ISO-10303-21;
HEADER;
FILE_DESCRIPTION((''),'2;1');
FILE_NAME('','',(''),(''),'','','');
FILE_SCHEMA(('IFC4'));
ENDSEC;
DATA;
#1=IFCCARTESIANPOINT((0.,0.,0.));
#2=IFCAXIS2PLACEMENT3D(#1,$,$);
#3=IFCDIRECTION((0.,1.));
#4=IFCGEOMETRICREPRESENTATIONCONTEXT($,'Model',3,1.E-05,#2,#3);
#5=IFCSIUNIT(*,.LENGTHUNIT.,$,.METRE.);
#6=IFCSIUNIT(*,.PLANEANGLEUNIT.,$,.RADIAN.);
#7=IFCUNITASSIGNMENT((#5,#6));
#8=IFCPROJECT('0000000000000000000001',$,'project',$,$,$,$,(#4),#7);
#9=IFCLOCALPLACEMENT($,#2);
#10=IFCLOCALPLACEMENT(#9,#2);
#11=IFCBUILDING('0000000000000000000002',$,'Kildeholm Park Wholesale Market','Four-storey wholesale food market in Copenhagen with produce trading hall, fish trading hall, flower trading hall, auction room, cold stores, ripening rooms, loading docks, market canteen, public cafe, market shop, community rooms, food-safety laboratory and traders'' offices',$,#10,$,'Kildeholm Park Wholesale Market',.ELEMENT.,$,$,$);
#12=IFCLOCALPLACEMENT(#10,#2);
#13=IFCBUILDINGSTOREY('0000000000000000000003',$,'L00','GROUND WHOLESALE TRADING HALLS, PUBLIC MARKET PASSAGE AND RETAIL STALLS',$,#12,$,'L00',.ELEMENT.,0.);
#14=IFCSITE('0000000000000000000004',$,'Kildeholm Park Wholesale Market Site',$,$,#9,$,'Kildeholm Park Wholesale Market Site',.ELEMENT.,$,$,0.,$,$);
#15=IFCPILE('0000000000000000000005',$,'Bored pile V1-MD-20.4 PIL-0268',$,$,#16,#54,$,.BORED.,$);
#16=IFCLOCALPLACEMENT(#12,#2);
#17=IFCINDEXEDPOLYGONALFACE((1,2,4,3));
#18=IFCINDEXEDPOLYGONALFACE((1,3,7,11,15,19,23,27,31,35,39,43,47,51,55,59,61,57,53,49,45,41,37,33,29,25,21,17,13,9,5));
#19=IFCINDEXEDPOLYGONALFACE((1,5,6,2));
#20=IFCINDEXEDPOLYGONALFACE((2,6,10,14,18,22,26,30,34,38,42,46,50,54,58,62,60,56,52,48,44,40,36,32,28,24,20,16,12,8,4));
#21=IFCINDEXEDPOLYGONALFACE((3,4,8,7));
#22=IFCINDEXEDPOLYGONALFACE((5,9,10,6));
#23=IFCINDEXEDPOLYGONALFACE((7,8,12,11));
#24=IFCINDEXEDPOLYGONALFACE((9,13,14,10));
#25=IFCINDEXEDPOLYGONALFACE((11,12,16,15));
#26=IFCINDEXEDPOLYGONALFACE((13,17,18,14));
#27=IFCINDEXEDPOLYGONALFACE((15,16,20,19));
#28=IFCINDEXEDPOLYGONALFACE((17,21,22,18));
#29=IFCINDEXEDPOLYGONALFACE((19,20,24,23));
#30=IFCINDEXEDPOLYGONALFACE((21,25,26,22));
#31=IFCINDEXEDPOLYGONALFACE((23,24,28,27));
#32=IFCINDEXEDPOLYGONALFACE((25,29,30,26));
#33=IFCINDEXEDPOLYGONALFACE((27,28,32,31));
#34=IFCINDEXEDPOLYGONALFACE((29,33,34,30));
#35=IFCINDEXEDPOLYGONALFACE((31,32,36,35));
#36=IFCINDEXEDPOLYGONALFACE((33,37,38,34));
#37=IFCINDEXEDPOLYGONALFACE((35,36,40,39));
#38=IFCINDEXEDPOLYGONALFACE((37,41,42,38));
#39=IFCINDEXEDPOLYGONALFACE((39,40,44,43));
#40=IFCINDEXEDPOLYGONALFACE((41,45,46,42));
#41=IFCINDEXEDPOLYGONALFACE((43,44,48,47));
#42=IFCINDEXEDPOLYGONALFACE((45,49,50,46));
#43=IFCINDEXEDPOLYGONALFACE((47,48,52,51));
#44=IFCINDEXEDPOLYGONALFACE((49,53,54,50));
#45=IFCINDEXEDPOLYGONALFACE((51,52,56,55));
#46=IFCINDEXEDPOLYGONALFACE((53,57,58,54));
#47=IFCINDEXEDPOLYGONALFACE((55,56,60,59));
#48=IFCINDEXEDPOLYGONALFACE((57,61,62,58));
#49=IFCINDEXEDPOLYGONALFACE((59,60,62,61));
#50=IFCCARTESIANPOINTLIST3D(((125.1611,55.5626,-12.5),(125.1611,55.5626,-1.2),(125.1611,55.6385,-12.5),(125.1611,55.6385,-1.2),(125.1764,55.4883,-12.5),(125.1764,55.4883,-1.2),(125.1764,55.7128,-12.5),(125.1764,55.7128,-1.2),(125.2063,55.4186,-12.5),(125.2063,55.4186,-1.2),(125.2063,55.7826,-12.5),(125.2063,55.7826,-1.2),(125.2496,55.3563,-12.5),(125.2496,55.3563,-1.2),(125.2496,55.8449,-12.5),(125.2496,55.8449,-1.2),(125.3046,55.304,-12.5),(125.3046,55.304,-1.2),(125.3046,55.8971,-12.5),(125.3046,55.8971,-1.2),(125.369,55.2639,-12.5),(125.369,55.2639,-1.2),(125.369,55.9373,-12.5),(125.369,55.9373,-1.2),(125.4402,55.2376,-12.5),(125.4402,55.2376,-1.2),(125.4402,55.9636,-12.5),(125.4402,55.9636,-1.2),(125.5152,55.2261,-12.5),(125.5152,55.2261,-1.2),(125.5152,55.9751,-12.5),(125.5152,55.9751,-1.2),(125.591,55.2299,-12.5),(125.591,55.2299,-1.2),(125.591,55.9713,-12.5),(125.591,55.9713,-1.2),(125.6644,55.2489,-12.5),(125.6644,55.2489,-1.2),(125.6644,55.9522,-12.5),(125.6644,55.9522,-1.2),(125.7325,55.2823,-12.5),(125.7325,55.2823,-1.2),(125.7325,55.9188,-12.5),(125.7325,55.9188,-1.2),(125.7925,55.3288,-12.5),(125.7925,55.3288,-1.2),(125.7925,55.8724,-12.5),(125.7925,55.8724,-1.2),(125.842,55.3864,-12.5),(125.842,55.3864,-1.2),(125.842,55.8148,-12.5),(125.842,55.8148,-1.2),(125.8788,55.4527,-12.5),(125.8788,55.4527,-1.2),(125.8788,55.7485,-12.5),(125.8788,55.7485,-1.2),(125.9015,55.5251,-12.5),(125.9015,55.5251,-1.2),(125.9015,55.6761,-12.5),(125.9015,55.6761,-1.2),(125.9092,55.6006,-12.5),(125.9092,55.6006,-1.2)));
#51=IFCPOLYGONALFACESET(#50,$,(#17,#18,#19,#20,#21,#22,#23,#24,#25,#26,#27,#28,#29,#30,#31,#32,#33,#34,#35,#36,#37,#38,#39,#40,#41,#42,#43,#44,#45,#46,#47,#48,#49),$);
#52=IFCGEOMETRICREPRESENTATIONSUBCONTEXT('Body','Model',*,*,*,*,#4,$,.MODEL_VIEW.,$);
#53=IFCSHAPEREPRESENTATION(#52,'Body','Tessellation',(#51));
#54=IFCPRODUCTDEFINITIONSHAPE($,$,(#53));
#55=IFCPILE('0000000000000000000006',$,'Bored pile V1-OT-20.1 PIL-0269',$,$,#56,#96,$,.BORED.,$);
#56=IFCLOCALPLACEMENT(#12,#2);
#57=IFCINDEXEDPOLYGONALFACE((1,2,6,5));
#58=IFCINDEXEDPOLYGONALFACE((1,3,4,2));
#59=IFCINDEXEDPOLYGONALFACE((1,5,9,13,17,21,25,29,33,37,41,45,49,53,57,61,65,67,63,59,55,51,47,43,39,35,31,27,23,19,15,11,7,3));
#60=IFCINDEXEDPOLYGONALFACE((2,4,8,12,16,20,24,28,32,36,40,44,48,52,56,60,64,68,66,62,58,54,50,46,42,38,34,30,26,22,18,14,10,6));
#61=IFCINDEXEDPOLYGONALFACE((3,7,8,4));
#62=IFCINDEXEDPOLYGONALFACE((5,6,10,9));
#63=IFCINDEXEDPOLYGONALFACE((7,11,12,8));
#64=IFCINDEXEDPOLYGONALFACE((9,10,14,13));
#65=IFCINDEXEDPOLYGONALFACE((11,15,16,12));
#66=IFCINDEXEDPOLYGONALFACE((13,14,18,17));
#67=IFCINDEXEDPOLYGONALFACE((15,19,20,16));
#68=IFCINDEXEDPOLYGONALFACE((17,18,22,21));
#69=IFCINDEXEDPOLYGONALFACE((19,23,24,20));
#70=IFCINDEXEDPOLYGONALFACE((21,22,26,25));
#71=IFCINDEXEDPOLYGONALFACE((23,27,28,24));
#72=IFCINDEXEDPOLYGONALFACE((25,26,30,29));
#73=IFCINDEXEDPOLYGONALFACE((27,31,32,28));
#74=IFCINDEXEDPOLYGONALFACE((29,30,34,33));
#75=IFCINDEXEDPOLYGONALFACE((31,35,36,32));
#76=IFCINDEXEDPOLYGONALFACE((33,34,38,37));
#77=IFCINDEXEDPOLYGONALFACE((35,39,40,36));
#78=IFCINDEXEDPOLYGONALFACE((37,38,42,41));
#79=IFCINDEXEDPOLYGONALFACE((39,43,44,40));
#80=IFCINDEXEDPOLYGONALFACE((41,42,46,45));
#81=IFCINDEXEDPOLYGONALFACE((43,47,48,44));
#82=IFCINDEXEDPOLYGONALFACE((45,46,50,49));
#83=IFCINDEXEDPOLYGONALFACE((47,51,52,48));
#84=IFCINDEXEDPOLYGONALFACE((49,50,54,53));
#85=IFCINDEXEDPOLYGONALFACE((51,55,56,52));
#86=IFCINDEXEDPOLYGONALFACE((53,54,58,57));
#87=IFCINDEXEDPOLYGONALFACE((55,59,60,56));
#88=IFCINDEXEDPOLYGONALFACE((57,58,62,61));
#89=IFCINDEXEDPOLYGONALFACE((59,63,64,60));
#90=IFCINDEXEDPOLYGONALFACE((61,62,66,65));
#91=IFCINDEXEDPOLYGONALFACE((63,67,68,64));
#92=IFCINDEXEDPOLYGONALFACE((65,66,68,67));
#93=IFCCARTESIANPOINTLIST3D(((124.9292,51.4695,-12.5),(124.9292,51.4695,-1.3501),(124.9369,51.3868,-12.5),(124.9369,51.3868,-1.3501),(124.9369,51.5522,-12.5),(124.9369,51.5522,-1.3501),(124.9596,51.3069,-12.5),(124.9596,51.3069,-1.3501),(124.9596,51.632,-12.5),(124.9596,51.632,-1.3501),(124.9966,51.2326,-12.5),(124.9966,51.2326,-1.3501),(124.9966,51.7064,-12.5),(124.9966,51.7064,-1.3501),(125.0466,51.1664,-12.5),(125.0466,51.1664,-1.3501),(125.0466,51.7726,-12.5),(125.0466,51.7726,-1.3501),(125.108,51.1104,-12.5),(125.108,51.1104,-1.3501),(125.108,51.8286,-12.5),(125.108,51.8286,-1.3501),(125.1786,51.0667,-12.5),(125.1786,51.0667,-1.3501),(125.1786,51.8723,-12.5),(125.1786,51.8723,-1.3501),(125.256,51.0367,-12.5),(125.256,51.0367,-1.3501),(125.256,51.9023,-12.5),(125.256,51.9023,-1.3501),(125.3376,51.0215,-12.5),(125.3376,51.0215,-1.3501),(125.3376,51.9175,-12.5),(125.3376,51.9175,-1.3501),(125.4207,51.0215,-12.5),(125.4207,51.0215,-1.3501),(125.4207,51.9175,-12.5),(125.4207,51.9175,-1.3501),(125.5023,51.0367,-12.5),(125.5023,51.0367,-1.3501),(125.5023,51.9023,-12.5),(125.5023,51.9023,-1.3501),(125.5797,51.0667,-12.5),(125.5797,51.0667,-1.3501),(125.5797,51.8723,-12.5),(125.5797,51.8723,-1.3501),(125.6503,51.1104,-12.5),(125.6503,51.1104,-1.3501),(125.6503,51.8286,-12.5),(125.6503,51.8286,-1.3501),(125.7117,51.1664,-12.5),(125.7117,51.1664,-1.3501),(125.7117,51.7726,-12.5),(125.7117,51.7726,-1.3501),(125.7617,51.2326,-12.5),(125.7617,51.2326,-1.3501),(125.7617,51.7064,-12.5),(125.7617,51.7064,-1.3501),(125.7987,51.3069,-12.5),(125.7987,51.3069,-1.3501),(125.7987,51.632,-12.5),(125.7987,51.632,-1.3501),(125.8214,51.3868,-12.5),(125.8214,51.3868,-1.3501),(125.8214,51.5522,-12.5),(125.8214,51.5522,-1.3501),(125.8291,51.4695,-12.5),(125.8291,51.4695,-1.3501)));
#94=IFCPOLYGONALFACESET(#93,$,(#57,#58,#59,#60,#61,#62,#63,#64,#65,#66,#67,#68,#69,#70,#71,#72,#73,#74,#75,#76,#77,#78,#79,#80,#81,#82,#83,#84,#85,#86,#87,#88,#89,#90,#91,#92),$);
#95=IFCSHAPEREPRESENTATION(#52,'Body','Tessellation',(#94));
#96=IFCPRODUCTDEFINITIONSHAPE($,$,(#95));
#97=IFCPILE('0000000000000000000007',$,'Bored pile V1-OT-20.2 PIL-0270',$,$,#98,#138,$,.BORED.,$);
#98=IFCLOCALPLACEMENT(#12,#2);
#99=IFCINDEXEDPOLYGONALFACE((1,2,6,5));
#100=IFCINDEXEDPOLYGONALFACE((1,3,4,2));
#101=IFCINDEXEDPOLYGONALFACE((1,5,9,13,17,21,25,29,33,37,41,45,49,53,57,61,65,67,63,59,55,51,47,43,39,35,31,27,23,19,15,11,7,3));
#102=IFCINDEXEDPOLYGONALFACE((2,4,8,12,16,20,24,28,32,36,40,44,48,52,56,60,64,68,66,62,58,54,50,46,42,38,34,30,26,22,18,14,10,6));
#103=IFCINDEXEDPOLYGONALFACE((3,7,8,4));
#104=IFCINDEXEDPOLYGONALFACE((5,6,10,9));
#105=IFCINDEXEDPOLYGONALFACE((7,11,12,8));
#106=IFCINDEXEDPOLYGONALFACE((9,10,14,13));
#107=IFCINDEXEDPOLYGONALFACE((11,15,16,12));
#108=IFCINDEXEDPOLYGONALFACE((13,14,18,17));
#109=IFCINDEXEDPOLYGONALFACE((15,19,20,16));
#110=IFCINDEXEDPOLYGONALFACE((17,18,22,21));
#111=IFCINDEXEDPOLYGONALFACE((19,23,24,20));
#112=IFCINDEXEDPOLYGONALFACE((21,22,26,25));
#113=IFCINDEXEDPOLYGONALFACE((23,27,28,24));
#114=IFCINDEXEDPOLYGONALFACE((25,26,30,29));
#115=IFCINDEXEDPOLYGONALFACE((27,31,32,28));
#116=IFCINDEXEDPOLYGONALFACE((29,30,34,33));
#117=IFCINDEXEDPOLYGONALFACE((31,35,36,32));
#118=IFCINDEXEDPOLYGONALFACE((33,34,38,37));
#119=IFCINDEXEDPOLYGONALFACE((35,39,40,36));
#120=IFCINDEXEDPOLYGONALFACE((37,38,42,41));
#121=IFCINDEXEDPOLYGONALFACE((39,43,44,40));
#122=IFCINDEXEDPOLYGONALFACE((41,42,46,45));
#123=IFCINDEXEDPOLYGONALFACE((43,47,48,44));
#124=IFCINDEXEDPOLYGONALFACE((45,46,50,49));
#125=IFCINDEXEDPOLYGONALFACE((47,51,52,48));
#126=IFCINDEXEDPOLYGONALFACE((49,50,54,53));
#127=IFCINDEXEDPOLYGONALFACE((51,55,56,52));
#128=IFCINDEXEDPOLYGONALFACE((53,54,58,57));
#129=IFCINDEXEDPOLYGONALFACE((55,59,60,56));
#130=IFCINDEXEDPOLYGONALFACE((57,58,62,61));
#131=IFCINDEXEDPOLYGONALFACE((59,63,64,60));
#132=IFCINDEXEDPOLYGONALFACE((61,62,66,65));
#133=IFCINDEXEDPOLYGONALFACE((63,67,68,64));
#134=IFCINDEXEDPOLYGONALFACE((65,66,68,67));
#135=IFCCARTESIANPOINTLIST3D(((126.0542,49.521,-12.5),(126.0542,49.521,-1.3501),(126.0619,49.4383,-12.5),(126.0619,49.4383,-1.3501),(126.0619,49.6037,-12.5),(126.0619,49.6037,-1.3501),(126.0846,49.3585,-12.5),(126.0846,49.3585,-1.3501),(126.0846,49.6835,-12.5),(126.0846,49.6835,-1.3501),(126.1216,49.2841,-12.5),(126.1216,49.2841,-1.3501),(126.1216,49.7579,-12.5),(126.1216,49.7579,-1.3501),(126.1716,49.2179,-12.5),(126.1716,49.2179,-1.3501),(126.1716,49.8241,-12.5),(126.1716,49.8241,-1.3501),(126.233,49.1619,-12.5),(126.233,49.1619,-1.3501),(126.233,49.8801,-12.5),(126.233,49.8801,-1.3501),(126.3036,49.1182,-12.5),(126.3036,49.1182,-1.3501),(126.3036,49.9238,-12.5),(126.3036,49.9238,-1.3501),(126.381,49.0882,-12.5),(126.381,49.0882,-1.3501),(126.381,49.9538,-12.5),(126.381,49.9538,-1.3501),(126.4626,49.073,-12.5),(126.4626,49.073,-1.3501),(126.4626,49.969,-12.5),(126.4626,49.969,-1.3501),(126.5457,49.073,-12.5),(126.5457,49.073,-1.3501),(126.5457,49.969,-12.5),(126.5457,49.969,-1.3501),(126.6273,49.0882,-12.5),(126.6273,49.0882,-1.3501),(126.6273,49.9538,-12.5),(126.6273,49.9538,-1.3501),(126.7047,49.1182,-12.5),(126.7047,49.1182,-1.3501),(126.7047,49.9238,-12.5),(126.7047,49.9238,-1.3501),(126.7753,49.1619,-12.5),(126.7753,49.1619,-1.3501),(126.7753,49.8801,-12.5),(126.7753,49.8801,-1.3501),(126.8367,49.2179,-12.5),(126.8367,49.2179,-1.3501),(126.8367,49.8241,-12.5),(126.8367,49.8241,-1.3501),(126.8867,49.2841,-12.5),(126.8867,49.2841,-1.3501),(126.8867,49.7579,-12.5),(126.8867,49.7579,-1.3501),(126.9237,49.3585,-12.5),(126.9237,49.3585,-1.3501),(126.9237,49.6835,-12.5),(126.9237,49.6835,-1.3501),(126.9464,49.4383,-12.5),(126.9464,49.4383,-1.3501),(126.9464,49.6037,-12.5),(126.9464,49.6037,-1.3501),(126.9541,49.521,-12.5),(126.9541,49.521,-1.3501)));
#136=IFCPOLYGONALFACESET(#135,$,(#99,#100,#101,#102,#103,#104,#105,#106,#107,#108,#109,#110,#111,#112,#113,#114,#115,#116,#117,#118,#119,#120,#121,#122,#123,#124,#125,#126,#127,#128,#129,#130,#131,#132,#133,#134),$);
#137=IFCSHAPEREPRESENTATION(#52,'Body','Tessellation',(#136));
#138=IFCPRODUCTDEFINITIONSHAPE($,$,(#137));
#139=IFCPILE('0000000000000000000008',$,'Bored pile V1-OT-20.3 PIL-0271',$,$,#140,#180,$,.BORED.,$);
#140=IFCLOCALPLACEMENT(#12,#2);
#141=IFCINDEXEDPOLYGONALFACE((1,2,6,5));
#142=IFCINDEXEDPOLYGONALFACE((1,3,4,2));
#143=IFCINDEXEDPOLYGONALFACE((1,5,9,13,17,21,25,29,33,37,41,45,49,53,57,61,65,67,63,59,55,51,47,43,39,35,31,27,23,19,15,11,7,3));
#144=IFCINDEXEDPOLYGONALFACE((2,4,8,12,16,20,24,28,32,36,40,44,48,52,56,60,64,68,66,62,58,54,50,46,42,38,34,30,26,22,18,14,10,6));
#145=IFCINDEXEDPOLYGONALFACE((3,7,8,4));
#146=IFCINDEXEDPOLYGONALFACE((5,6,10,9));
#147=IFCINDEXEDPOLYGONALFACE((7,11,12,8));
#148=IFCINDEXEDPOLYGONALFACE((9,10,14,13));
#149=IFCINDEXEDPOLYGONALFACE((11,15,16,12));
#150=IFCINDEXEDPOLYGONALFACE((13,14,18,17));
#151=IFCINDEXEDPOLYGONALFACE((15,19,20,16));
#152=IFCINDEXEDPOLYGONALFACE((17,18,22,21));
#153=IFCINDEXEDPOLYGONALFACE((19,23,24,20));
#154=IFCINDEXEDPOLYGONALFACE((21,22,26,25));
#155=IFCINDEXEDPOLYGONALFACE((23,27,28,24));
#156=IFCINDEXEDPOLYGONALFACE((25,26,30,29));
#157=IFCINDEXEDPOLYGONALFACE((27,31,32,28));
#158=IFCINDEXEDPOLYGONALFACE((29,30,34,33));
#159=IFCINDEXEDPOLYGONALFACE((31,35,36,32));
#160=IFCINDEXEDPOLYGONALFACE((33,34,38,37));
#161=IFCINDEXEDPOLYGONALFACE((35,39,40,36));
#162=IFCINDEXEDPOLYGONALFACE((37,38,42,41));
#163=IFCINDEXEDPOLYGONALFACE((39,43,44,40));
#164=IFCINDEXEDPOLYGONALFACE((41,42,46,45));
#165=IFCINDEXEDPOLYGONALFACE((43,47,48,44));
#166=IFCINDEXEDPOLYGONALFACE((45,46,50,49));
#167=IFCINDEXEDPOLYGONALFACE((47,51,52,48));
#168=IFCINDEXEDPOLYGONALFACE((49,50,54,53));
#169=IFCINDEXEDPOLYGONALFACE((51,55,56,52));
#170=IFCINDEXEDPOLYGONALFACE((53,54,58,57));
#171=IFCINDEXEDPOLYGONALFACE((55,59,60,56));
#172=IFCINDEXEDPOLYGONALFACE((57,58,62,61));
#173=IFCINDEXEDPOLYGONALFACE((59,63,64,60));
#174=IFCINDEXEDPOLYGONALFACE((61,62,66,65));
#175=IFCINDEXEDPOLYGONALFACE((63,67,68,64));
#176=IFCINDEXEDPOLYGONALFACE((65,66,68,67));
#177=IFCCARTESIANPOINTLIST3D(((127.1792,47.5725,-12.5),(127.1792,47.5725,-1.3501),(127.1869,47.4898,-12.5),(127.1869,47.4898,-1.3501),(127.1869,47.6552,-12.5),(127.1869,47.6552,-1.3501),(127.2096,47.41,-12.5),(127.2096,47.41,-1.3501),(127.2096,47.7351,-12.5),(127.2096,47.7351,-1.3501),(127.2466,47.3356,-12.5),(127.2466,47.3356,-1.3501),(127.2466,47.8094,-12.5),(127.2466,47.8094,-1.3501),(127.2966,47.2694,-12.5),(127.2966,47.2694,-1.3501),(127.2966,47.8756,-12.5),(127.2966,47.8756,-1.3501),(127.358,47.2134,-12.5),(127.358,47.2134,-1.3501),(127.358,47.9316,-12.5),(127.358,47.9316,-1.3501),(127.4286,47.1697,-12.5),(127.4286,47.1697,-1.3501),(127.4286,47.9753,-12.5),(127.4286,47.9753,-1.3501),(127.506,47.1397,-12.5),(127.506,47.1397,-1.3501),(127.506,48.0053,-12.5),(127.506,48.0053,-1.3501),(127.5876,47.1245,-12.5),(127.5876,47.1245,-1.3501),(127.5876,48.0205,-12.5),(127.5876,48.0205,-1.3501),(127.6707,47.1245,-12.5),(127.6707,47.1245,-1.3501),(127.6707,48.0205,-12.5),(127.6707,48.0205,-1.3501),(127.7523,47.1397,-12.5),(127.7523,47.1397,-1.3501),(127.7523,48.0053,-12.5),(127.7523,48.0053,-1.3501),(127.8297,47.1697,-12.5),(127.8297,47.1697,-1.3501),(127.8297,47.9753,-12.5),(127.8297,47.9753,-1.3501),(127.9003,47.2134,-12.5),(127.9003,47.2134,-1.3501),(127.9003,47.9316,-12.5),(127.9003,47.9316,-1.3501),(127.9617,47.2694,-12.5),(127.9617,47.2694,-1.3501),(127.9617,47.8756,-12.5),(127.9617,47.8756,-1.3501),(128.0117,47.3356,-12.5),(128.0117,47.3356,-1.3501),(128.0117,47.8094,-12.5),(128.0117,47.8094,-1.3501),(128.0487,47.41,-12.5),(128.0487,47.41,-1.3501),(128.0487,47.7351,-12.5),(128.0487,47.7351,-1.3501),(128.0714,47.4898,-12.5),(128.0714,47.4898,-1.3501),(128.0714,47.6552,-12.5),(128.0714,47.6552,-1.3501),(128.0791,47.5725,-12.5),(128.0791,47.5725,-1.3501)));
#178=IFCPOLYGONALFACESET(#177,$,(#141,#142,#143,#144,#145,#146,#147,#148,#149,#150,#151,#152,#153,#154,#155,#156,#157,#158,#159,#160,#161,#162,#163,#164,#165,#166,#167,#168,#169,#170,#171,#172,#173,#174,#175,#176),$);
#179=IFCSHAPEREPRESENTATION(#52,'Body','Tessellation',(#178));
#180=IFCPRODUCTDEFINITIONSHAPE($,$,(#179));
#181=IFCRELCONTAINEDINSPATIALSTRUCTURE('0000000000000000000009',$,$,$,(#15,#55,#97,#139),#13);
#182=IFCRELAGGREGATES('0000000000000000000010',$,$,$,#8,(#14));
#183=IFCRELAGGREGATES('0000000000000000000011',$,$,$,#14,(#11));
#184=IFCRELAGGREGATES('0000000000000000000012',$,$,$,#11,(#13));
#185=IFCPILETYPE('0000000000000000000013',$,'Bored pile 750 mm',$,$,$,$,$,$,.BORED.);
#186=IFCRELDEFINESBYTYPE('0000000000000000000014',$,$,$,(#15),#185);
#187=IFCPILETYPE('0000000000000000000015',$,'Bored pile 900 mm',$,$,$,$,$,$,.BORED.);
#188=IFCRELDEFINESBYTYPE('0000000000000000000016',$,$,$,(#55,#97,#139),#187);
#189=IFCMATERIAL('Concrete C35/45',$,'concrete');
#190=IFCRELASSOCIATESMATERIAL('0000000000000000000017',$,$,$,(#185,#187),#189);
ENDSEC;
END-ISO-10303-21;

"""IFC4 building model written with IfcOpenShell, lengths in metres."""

from ifc_helpers import new_model, si_unit, direction, frame, origin, origin_2d, place, context, subcontext, project, spatial, circle, extrude, material, material_profile, profile_set, type_object, element, save


model = new_model("IFC4")

# Units and contexts
model_context = context("Model", 3, precision=1e-05, world=origin(), true_north=direction((0.0, 1.0)))
body_context = subcontext(model_context, "Body", "Model", "MODEL_VIEW")
ifc_project = project(units=[si_unit("LENGTHUNIT", "METRE"), si_unit("PLANEANGLEUNIT", "RADIAN")], contexts=[model_context])

# Site, building, storey
site_placement = place(None, origin())
site = spatial("IfcSite", under=ifc_project, at=site_placement, Name="Kildeholm Park Wholesale Market Site", LongName="Kildeholm Park Wholesale Market Site", CompositionType="ELEMENT", RefElevation=0.0)
building_placement = place(site_placement, origin())
building = spatial("IfcBuilding", under=site, at=building_placement, Name="Kildeholm Park Wholesale Market", Description="Four-storey wholesale food market in Copenhagen with produce trading hall, fish trading hall, flower trading hall, auction room, cold stores, ripening rooms, loading docks, market canteen, public cafe, market shop, community rooms, food-safety laboratory and traders' offices", LongName="Kildeholm Park Wholesale Market", CompositionType="ELEMENT")
storey_placement = place(building_placement, origin())
storey = spatial("IfcBuildingStorey", under=building, at=storey_placement, Name="L00", Description="GROUND WHOLESALE TRADING HALLS, PUBLIC MARKET PASSAGE AND RETAIL STALLS", LongName="L00", CompositionType="ELEMENT", Elevation=0.0)

# Piles
ifc_material_1 = material(Name="Concrete C35/45", Category="concrete")
ifc_material_profile_1 = material_profile(ifc_material_1, circle(Radius=0.375, at=origin_2d()), Name="PILE D750")
ifc_profile_set_1 = profile_set([ifc_material_profile_1], Name="Concrete C35/45")
pile_type_1 = type_object("IfcPileType", Name="Bored pile 750 mm", PredefinedType="BORED", material=ifc_profile_set_1)
for number, where, z_axis, x_axis, name in (
    (1, (125.5342, 55.6006, -1.2), (0.0, 0.0, -1.0), (1.0, 0.0, 0.0), "Bored pile V1-MD-20.4 PIL-0268"),
):
    element("IfcPile", number, at=place(storey_placement, frame(where, z_axis=z_axis, x_axis=x_axis)), inside=storey, type_object=pile_type_1, Name=name, PredefinedType="BORED", context=body_context, shape_type="SweptSolid", body=[
        extrude(circle(Radius=0.375, at=origin_2d()), origin(), (0.0, 0.0, 1.0), 11.3),
    ])
ifc_material_profile_2 = material_profile(ifc_material_1, circle(Radius=0.45, at=origin_2d()), Name="PILE D900")
ifc_profile_set_2 = profile_set([ifc_material_profile_2], Name="Concrete C35/45")
pile_type_2 = type_object("IfcPileType", Name="Bored pile 900 mm", PredefinedType="BORED", material=ifc_profile_set_2)
for number, where, z_axis, x_axis, name in (
    (2, (125.3792, 51.4695, -1.3501), (0.0, 0.0, -1.0), (1.0, 0.0, 0.0), "Bored pile V1-OT-20.1 PIL-0269"),
    (3, (126.5042, 49.521, -1.3501), (0.0, 0.0, -1.0), (1.0, 0.0, 0.0), "Bored pile V1-OT-20.2 PIL-0270"),
    (4, (127.6292, 47.5725, -1.3501), (0.0, 0.0, -1.0), (1.0, 0.0, 0.0), "Bored pile V1-OT-20.3 PIL-0271"),
):
    element("IfcPile", number, at=place(storey_placement, frame(where, z_axis=z_axis, x_axis=x_axis)), inside=storey, type_object=pile_type_2, Name=name, PredefinedType="BORED", context=body_context, shape_type="SweptSolid", body=[
        extrude(circle(Radius=0.45, at=origin_2d()), origin(), (0.0, 0.0, 1.0), 11.1499),
    ])

save(model, "model.ifc")
